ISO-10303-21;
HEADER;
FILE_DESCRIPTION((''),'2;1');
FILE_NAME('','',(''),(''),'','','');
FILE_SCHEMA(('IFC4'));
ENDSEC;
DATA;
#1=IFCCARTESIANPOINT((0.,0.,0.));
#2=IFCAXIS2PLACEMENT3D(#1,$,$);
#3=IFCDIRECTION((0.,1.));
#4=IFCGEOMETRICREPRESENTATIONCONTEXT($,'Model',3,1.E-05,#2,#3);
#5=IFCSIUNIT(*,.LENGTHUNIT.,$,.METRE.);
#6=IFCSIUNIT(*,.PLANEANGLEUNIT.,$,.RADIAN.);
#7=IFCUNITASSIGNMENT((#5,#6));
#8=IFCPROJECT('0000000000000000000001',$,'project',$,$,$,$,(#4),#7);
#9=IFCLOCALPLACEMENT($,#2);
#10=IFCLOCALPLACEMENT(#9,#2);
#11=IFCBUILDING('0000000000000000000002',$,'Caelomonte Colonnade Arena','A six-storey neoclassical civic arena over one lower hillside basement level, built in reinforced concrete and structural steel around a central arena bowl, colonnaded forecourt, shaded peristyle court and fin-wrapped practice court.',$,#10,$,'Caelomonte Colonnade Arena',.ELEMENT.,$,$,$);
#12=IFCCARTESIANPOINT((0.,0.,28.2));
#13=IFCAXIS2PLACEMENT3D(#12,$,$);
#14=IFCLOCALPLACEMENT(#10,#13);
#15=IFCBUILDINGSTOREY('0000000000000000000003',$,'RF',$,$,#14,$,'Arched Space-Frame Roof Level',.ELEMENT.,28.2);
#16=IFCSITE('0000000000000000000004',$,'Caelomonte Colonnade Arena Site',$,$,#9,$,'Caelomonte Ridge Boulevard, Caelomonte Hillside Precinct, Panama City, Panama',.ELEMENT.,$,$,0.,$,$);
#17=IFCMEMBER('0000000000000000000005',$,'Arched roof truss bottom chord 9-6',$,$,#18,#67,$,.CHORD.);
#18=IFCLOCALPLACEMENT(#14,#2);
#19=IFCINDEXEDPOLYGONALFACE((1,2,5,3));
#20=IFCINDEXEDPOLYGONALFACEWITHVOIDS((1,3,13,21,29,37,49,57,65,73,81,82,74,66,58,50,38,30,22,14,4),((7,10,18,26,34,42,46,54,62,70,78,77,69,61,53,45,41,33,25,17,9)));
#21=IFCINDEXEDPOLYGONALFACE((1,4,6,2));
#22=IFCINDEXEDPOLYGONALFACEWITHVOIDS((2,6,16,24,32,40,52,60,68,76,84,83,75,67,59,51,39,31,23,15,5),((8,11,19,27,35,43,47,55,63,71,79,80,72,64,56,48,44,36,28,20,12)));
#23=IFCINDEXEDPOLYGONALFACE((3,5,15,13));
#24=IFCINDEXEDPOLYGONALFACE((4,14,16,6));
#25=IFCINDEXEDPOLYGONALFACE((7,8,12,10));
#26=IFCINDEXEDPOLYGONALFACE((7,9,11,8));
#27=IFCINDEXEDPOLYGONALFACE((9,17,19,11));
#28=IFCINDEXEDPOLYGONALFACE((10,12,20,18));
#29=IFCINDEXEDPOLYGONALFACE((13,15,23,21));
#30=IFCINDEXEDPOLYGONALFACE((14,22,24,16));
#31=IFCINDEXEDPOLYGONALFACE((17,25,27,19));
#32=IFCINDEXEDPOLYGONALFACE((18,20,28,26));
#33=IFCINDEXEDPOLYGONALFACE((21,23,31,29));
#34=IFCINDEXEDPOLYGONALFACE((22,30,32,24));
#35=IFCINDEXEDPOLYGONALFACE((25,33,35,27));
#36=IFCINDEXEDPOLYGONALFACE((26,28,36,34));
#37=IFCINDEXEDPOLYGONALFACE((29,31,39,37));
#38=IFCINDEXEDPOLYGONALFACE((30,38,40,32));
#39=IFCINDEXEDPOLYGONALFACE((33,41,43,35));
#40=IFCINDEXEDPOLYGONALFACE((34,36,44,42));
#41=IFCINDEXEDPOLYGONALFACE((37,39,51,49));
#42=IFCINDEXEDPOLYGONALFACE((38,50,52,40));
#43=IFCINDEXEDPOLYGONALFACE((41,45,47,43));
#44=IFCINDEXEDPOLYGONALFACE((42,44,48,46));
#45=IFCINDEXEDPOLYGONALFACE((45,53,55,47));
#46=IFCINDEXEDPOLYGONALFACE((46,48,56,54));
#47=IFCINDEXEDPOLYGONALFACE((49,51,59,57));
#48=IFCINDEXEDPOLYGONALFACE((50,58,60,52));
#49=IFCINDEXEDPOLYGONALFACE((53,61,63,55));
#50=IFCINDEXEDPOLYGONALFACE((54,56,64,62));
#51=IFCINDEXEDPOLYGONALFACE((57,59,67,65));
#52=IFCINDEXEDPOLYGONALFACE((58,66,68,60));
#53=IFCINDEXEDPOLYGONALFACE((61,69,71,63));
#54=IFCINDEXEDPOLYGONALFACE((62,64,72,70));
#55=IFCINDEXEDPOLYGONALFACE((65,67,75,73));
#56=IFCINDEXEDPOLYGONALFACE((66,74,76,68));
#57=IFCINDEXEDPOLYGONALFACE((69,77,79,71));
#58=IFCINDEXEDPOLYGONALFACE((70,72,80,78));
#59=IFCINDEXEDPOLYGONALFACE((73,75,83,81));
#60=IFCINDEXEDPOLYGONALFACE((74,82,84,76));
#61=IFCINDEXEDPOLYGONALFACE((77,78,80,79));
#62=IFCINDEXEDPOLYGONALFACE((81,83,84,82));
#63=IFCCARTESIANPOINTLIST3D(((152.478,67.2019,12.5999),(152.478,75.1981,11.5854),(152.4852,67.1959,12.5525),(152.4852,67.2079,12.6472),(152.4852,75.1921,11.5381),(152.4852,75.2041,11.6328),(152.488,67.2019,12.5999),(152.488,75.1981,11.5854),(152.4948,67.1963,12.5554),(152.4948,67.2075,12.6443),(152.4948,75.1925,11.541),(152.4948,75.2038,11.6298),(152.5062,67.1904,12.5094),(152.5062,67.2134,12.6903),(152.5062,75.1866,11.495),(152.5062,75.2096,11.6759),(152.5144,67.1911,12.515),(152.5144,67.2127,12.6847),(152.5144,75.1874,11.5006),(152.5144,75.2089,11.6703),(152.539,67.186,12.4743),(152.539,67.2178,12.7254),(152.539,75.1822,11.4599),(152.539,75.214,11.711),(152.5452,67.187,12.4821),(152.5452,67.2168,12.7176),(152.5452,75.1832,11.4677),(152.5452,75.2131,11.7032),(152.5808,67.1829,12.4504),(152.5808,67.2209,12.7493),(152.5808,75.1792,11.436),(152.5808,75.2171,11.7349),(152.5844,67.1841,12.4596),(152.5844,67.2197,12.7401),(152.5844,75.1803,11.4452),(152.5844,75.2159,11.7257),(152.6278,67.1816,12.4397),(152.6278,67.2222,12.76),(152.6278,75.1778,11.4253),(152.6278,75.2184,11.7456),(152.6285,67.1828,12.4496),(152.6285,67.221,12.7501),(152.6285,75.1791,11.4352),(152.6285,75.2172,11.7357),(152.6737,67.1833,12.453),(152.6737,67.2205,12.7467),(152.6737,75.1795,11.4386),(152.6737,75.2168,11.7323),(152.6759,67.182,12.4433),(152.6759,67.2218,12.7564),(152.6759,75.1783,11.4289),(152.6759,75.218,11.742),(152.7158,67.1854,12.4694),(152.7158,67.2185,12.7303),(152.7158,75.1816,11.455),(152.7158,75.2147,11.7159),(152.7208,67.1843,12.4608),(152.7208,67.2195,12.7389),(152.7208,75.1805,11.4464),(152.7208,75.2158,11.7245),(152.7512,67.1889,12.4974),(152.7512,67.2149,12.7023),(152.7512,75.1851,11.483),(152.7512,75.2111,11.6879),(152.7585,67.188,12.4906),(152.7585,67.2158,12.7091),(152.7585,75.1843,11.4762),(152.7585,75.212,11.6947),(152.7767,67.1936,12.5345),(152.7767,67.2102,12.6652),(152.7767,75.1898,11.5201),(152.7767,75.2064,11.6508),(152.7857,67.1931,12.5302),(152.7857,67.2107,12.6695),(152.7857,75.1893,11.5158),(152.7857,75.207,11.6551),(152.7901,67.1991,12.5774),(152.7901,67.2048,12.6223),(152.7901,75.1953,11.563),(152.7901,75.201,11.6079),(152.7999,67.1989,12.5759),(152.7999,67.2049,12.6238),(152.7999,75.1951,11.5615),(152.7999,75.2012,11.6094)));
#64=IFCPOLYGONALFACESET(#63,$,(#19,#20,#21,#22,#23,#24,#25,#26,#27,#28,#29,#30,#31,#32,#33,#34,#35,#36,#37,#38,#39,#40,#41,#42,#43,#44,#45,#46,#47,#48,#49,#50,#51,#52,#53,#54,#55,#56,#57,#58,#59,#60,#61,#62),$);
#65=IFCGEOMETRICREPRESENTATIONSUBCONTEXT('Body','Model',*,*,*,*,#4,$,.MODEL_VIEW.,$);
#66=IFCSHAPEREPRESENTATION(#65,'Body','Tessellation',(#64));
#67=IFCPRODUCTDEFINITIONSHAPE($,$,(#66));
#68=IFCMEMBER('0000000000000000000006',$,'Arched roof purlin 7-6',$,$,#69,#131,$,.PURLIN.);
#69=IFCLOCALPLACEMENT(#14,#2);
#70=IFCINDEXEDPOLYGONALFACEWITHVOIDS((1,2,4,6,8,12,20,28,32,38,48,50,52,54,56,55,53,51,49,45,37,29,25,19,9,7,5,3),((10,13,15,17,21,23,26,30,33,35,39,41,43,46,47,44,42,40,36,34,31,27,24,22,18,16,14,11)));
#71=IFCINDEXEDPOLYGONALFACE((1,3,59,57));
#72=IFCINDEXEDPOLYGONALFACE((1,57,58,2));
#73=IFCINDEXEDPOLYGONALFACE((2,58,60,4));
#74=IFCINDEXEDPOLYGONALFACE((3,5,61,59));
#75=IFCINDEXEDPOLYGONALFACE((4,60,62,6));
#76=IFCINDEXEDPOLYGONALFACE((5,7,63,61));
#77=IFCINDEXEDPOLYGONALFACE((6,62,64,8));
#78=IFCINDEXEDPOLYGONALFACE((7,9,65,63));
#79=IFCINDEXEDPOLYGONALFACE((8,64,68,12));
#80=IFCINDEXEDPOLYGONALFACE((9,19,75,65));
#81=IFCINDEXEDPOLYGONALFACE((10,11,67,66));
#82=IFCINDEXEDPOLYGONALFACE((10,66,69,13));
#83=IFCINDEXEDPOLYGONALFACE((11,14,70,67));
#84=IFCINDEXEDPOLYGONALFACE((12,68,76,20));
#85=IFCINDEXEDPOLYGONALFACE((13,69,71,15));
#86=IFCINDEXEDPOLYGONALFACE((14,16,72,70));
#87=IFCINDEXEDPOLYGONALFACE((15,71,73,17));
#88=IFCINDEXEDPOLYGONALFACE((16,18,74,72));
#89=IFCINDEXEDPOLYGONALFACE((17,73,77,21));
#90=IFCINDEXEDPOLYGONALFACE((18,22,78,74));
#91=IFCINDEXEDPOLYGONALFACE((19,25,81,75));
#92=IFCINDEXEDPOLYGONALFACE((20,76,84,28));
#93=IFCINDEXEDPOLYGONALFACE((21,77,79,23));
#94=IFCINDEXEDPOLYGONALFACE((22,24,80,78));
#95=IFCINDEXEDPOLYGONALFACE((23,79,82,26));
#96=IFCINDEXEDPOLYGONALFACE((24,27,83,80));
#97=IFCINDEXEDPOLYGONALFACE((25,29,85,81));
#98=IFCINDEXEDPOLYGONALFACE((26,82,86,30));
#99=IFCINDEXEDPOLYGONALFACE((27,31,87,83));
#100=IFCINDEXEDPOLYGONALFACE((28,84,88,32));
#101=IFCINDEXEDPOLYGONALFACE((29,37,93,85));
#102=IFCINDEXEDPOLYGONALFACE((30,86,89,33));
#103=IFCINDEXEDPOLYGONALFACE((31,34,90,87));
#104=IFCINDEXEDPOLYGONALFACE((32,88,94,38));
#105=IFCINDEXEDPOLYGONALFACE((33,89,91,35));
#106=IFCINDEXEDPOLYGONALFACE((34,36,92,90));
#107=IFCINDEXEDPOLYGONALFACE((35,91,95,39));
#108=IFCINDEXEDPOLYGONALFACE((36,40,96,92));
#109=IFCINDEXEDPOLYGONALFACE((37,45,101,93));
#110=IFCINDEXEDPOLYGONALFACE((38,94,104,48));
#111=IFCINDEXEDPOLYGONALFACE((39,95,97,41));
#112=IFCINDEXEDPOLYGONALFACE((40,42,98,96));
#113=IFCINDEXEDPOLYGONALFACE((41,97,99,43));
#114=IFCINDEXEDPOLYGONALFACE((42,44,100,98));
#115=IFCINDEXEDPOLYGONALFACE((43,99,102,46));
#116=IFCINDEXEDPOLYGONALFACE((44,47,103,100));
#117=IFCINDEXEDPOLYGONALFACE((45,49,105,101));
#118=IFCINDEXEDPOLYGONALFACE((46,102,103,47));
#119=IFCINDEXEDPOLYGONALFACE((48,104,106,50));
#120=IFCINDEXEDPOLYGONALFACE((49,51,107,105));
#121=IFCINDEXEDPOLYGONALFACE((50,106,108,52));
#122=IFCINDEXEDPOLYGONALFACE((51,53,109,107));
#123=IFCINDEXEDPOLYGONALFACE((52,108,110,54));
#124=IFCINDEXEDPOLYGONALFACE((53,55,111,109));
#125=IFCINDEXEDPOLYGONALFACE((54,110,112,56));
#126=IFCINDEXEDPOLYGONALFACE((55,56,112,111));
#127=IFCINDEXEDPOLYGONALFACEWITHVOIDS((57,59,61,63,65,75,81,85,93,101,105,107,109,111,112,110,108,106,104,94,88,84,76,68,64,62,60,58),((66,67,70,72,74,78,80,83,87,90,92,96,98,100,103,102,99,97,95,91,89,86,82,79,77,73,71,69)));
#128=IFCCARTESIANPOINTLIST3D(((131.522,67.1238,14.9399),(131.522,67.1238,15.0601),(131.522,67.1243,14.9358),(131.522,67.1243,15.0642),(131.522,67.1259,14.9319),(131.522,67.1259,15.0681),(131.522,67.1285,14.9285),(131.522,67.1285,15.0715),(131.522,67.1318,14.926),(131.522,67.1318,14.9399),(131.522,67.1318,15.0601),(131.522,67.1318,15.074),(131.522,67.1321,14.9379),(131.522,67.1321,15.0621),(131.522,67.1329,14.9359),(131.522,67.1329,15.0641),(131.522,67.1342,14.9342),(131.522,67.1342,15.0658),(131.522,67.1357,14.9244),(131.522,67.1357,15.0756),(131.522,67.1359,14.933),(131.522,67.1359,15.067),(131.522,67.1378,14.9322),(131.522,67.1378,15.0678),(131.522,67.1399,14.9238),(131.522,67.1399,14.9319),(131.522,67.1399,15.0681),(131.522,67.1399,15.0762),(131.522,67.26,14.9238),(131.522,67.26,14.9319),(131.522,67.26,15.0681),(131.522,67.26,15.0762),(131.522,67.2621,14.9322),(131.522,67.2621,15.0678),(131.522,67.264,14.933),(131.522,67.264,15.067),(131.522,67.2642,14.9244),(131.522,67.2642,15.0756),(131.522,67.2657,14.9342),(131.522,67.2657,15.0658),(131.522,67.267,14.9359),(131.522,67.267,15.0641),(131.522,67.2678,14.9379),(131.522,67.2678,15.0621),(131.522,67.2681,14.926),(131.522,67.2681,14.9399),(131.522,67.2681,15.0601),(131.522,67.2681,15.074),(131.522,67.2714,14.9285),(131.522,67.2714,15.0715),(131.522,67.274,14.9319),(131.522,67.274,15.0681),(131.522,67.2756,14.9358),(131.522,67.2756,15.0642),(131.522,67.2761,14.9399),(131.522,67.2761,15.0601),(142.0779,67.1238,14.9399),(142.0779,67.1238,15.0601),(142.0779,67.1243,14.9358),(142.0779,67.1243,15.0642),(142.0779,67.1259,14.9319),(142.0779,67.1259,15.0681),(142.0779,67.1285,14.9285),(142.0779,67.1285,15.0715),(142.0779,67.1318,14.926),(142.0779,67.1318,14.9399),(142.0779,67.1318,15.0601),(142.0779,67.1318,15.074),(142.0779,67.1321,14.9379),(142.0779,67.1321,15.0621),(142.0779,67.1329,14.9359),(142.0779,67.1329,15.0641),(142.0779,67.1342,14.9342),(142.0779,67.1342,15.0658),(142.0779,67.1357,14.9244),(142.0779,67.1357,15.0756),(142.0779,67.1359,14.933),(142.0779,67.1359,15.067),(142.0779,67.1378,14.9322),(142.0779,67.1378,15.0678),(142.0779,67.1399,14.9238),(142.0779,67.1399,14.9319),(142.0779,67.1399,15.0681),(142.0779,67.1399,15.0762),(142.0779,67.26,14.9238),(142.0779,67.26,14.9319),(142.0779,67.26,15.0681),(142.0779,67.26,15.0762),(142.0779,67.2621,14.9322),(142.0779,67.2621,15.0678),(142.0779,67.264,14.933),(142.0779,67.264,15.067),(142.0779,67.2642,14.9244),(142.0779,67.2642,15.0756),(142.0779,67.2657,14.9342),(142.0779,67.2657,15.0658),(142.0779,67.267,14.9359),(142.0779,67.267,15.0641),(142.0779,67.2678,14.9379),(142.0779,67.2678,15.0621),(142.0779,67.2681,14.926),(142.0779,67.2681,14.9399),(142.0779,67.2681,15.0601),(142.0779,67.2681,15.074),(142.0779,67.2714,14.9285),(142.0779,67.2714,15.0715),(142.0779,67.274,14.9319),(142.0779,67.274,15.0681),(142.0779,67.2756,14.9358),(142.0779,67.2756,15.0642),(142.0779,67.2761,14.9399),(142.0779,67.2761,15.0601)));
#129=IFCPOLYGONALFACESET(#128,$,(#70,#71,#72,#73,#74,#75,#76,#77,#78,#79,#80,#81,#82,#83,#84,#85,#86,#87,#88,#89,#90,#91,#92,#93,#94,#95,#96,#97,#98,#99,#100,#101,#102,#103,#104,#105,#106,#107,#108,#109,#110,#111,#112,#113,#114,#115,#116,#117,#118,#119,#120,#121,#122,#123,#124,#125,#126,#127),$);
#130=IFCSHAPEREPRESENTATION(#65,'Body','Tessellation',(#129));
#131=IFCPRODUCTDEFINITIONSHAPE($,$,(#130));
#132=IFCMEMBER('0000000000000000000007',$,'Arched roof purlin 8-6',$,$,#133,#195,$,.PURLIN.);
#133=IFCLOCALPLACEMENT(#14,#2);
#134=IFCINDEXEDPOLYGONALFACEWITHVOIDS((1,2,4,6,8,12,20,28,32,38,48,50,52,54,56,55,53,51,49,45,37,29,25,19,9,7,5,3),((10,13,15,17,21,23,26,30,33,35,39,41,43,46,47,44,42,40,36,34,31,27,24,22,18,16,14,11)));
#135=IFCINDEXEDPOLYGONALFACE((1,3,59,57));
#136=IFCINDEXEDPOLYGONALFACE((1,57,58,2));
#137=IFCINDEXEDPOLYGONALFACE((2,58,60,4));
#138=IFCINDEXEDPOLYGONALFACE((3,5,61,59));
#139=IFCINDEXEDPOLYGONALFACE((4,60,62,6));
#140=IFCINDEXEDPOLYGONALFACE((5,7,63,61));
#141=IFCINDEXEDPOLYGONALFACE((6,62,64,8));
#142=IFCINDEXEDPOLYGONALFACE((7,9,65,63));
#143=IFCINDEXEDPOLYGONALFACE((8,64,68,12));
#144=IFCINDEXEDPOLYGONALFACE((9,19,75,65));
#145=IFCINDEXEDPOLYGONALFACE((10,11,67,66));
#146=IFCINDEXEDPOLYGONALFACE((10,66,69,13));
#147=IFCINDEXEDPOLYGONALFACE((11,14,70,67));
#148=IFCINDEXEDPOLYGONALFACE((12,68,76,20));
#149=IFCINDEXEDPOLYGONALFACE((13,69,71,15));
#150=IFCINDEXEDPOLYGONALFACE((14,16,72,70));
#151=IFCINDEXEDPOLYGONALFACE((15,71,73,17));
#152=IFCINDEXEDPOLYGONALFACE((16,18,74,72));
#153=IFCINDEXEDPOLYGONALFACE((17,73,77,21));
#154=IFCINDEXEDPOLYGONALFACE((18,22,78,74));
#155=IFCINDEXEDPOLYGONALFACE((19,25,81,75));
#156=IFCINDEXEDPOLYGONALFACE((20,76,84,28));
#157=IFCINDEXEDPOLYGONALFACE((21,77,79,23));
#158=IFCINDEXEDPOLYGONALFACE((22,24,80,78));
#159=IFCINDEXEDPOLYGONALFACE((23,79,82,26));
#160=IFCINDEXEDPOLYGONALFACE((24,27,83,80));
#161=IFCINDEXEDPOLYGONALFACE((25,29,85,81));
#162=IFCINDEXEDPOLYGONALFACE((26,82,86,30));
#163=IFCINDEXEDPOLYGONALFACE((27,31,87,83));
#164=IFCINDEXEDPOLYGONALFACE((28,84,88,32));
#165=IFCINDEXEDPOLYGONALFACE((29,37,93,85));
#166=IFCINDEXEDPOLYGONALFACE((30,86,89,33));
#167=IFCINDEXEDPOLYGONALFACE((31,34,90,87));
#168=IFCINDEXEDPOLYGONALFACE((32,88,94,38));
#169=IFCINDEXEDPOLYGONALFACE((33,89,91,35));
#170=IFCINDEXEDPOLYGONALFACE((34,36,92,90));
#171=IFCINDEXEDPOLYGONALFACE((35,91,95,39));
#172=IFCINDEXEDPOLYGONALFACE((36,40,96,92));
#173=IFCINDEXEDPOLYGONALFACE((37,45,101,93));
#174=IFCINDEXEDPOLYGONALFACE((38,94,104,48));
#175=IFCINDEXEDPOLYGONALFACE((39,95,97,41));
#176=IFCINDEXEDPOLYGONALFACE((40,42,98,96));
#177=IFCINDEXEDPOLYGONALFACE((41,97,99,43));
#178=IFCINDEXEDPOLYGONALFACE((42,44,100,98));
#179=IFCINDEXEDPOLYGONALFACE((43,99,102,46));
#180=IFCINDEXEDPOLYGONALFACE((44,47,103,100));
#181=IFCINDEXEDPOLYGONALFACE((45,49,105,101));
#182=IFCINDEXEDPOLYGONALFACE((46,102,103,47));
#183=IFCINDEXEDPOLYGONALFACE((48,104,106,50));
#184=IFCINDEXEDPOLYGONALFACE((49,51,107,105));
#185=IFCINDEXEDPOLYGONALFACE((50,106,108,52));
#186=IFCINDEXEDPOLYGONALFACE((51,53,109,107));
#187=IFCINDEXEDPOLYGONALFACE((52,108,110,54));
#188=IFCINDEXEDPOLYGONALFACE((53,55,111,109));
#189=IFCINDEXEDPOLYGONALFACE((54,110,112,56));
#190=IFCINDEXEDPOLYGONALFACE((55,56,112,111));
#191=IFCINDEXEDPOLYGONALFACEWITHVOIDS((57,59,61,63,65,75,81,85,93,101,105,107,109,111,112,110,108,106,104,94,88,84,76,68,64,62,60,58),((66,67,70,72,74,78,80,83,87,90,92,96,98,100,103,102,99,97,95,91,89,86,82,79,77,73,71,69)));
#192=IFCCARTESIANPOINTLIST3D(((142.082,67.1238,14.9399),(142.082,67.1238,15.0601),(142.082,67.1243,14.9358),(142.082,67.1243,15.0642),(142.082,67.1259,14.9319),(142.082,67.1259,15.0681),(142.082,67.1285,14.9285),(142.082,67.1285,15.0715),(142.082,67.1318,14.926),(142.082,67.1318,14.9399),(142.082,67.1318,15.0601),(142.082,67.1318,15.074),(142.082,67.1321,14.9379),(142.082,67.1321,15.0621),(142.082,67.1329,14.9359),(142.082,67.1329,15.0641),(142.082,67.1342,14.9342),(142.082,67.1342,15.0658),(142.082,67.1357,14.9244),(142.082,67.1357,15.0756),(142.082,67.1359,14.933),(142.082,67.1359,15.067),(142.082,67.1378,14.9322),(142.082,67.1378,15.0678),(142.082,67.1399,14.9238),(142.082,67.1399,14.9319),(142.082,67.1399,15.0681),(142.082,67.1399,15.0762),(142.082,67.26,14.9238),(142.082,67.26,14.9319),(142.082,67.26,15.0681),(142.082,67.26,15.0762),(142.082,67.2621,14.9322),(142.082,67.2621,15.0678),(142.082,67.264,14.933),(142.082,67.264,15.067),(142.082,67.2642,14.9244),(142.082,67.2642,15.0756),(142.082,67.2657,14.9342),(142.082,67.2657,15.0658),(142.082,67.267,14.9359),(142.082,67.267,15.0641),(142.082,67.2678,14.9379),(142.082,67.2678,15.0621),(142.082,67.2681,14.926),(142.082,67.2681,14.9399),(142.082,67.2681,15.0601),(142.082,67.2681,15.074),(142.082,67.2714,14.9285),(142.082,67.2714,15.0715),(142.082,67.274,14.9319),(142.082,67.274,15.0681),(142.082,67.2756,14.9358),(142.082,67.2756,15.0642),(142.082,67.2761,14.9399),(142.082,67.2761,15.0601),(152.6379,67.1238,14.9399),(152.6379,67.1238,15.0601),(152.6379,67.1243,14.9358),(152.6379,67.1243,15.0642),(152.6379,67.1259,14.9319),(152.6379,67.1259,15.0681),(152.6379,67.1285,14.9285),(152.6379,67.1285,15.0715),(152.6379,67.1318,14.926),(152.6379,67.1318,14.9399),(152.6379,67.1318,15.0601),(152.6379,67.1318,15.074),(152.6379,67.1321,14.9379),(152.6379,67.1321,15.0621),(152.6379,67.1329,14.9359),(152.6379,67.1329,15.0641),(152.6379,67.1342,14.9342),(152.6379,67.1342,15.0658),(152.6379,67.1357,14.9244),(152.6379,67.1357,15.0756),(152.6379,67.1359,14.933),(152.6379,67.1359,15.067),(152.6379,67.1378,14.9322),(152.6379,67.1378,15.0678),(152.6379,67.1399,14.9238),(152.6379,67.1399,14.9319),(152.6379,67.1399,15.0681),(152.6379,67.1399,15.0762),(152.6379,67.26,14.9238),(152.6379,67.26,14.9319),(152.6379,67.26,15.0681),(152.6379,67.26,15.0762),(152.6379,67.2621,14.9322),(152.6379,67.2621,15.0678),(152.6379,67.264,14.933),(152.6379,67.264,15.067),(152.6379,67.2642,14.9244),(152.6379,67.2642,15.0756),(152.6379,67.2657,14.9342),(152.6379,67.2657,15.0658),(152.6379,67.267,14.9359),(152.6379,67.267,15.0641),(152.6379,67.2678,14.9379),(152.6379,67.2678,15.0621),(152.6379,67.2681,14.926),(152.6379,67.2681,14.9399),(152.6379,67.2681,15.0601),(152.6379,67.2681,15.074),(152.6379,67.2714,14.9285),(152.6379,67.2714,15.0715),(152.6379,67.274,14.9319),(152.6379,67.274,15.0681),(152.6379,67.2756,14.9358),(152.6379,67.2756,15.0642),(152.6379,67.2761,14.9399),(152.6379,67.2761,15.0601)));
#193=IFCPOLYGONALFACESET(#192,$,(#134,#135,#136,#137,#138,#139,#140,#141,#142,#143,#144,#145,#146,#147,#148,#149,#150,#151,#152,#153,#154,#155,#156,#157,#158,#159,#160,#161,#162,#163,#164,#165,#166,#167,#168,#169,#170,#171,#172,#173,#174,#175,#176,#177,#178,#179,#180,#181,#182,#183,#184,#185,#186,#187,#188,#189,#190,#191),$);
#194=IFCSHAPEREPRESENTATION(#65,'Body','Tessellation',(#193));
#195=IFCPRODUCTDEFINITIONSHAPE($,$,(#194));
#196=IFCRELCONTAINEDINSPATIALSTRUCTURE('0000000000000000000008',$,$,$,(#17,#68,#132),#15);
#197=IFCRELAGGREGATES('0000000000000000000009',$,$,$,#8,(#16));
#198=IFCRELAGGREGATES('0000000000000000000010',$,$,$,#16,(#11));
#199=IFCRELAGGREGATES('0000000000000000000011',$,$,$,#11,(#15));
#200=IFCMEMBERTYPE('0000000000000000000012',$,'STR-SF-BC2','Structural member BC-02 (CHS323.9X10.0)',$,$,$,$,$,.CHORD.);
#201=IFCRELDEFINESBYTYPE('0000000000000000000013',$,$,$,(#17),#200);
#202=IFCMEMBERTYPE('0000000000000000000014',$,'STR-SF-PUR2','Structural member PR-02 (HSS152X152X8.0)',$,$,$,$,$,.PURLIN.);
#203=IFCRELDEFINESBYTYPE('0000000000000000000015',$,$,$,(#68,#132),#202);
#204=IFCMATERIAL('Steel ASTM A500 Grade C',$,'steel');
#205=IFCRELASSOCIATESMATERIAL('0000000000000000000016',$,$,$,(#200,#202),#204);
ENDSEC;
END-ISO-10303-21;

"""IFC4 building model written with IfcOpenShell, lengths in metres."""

from ifc_helpers import new_model, si_unit, direction, frame, origin, origin_2d, place, context, subcontext, project, spatial, hollow_rectangle, hollow_circle, extrude, material, material_profile, profile_set, type_object, element, save


model = new_model("IFC4")

# Units and contexts
model_context = context("Model", 3, precision=1e-05, world=origin(), true_north=direction((0.0, 1.0)))
body_context = subcontext(model_context, "Body", "Model", "MODEL_VIEW")
ifc_project = project(units=[si_unit("LENGTHUNIT", "METRE"), si_unit("PLANEANGLEUNIT", "RADIAN")], contexts=[model_context])

# Site, building, storey
site_placement = place(None, origin())
site = spatial("IfcSite", under=ifc_project, at=site_placement, Name="Caelomonte Colonnade Arena Site", LongName="Caelomonte Ridge Boulevard, Caelomonte Hillside Precinct, Panama City, Panama", CompositionType="ELEMENT", RefElevation=0.0)
building_placement = place(site_placement, origin())
building = spatial("IfcBuilding", under=site, at=building_placement, Name="Caelomonte Colonnade Arena", Description="A six-storey neoclassical civic arena over one lower hillside basement level, built in reinforced concrete and structural steel around a central arena bowl, colonnaded forecourt, shaded peristyle court and fin-wrapped practice court.", LongName="Caelomonte Colonnade Arena", CompositionType="ELEMENT")
storey_placement = place(building_placement, frame((0.0, 0.0, 28.2)))
storey = spatial("IfcBuildingStorey", under=building, at=storey_placement, Name="RF", LongName="Arched Space-Frame Roof Level", CompositionType="ELEMENT", Elevation=28.2)

# Members
ifc_material_1 = material(Name="Steel ASTM A500 Grade C", Category="steel")
ifc_material_profile_1 = material_profile(ifc_material_1, hollow_circle(Radius=0.1619, WallThickness=0.01, at=origin_2d()), Name="CHS323.9X10.0")
ifc_profile_set_1 = profile_set([ifc_material_profile_1], Name="Steel ASTM A500 Grade C")
member_type_1 = type_object("IfcMemberType", Name="STR-SF-BC2", Description="Structural member BC-02 (CHS323.9X10.0)", PredefinedType="CHORD", material=ifc_profile_set_1)
for number, where, z_axis, x_axis, name in (
    (1, (152.6399, 67.2019, 12.5999), (0.0, 0.992049, -0.125854), (-1.0, 0.0, 0.0), "Arched roof truss bottom chord 9-6"),
):
    element("IfcMember", number, at=place(storey_placement, frame(where, z_axis=z_axis, x_axis=x_axis)), inside=storey, type_object=member_type_1, Name=name, PredefinedType="CHORD", context=body_context, shape_type="SweptSolid", body=[
        extrude(hollow_circle(Radius=0.1619, WallThickness=0.01, at=origin_2d()), origin(), (0.0, 0.0, 1.0), 8.0603),
    ])
ifc_material_profile_2 = material_profile(ifc_material_1, hollow_rectangle(XDim=0.1523, YDim=0.1523, WallThickness=0.0081, InnerFilletRadius=0.0081, OuterFilletRadius=0.0161, at=origin_2d()), Name="HSS152X152X8.0")
ifc_profile_set_2 = profile_set([ifc_material_profile_2], Name="Steel ASTM A500 Grade C")
member_type_2 = type_object("IfcMemberType", Name="STR-SF-PUR2", Description="Structural member PR-02 (HSS152X152X8.0)", PredefinedType="PURLIN", material=ifc_profile_set_2)
for number, where, z_axis, x_axis, name in (
    (2, (131.522, 67.2, 15.0), (1.0, 0.0, 0.0), (0.0, 1.0, 0.0), "Arched roof purlin 7-6"),
    (3, (142.082, 67.2, 15.0), (1.0, 0.0, 0.0), (0.0, 1.0, 0.0), "Arched roof purlin 8-6"),
):
    element("IfcMember", number, at=place(storey_placement, frame(where, z_axis=z_axis, x_axis=x_axis)), inside=storey, type_object=member_type_2, Name=name, PredefinedType="PURLIN", context=body_context, shape_type="SweptSolid", body=[
        extrude(hollow_rectangle(XDim=0.1523, YDim=0.1523, WallThickness=0.0081, InnerFilletRadius=0.0081, OuterFilletRadius=0.0161, at=origin_2d()), origin(), (0.0, 0.0, 1.0), 10.5559),
    ])

save(model, "model.ifc")
